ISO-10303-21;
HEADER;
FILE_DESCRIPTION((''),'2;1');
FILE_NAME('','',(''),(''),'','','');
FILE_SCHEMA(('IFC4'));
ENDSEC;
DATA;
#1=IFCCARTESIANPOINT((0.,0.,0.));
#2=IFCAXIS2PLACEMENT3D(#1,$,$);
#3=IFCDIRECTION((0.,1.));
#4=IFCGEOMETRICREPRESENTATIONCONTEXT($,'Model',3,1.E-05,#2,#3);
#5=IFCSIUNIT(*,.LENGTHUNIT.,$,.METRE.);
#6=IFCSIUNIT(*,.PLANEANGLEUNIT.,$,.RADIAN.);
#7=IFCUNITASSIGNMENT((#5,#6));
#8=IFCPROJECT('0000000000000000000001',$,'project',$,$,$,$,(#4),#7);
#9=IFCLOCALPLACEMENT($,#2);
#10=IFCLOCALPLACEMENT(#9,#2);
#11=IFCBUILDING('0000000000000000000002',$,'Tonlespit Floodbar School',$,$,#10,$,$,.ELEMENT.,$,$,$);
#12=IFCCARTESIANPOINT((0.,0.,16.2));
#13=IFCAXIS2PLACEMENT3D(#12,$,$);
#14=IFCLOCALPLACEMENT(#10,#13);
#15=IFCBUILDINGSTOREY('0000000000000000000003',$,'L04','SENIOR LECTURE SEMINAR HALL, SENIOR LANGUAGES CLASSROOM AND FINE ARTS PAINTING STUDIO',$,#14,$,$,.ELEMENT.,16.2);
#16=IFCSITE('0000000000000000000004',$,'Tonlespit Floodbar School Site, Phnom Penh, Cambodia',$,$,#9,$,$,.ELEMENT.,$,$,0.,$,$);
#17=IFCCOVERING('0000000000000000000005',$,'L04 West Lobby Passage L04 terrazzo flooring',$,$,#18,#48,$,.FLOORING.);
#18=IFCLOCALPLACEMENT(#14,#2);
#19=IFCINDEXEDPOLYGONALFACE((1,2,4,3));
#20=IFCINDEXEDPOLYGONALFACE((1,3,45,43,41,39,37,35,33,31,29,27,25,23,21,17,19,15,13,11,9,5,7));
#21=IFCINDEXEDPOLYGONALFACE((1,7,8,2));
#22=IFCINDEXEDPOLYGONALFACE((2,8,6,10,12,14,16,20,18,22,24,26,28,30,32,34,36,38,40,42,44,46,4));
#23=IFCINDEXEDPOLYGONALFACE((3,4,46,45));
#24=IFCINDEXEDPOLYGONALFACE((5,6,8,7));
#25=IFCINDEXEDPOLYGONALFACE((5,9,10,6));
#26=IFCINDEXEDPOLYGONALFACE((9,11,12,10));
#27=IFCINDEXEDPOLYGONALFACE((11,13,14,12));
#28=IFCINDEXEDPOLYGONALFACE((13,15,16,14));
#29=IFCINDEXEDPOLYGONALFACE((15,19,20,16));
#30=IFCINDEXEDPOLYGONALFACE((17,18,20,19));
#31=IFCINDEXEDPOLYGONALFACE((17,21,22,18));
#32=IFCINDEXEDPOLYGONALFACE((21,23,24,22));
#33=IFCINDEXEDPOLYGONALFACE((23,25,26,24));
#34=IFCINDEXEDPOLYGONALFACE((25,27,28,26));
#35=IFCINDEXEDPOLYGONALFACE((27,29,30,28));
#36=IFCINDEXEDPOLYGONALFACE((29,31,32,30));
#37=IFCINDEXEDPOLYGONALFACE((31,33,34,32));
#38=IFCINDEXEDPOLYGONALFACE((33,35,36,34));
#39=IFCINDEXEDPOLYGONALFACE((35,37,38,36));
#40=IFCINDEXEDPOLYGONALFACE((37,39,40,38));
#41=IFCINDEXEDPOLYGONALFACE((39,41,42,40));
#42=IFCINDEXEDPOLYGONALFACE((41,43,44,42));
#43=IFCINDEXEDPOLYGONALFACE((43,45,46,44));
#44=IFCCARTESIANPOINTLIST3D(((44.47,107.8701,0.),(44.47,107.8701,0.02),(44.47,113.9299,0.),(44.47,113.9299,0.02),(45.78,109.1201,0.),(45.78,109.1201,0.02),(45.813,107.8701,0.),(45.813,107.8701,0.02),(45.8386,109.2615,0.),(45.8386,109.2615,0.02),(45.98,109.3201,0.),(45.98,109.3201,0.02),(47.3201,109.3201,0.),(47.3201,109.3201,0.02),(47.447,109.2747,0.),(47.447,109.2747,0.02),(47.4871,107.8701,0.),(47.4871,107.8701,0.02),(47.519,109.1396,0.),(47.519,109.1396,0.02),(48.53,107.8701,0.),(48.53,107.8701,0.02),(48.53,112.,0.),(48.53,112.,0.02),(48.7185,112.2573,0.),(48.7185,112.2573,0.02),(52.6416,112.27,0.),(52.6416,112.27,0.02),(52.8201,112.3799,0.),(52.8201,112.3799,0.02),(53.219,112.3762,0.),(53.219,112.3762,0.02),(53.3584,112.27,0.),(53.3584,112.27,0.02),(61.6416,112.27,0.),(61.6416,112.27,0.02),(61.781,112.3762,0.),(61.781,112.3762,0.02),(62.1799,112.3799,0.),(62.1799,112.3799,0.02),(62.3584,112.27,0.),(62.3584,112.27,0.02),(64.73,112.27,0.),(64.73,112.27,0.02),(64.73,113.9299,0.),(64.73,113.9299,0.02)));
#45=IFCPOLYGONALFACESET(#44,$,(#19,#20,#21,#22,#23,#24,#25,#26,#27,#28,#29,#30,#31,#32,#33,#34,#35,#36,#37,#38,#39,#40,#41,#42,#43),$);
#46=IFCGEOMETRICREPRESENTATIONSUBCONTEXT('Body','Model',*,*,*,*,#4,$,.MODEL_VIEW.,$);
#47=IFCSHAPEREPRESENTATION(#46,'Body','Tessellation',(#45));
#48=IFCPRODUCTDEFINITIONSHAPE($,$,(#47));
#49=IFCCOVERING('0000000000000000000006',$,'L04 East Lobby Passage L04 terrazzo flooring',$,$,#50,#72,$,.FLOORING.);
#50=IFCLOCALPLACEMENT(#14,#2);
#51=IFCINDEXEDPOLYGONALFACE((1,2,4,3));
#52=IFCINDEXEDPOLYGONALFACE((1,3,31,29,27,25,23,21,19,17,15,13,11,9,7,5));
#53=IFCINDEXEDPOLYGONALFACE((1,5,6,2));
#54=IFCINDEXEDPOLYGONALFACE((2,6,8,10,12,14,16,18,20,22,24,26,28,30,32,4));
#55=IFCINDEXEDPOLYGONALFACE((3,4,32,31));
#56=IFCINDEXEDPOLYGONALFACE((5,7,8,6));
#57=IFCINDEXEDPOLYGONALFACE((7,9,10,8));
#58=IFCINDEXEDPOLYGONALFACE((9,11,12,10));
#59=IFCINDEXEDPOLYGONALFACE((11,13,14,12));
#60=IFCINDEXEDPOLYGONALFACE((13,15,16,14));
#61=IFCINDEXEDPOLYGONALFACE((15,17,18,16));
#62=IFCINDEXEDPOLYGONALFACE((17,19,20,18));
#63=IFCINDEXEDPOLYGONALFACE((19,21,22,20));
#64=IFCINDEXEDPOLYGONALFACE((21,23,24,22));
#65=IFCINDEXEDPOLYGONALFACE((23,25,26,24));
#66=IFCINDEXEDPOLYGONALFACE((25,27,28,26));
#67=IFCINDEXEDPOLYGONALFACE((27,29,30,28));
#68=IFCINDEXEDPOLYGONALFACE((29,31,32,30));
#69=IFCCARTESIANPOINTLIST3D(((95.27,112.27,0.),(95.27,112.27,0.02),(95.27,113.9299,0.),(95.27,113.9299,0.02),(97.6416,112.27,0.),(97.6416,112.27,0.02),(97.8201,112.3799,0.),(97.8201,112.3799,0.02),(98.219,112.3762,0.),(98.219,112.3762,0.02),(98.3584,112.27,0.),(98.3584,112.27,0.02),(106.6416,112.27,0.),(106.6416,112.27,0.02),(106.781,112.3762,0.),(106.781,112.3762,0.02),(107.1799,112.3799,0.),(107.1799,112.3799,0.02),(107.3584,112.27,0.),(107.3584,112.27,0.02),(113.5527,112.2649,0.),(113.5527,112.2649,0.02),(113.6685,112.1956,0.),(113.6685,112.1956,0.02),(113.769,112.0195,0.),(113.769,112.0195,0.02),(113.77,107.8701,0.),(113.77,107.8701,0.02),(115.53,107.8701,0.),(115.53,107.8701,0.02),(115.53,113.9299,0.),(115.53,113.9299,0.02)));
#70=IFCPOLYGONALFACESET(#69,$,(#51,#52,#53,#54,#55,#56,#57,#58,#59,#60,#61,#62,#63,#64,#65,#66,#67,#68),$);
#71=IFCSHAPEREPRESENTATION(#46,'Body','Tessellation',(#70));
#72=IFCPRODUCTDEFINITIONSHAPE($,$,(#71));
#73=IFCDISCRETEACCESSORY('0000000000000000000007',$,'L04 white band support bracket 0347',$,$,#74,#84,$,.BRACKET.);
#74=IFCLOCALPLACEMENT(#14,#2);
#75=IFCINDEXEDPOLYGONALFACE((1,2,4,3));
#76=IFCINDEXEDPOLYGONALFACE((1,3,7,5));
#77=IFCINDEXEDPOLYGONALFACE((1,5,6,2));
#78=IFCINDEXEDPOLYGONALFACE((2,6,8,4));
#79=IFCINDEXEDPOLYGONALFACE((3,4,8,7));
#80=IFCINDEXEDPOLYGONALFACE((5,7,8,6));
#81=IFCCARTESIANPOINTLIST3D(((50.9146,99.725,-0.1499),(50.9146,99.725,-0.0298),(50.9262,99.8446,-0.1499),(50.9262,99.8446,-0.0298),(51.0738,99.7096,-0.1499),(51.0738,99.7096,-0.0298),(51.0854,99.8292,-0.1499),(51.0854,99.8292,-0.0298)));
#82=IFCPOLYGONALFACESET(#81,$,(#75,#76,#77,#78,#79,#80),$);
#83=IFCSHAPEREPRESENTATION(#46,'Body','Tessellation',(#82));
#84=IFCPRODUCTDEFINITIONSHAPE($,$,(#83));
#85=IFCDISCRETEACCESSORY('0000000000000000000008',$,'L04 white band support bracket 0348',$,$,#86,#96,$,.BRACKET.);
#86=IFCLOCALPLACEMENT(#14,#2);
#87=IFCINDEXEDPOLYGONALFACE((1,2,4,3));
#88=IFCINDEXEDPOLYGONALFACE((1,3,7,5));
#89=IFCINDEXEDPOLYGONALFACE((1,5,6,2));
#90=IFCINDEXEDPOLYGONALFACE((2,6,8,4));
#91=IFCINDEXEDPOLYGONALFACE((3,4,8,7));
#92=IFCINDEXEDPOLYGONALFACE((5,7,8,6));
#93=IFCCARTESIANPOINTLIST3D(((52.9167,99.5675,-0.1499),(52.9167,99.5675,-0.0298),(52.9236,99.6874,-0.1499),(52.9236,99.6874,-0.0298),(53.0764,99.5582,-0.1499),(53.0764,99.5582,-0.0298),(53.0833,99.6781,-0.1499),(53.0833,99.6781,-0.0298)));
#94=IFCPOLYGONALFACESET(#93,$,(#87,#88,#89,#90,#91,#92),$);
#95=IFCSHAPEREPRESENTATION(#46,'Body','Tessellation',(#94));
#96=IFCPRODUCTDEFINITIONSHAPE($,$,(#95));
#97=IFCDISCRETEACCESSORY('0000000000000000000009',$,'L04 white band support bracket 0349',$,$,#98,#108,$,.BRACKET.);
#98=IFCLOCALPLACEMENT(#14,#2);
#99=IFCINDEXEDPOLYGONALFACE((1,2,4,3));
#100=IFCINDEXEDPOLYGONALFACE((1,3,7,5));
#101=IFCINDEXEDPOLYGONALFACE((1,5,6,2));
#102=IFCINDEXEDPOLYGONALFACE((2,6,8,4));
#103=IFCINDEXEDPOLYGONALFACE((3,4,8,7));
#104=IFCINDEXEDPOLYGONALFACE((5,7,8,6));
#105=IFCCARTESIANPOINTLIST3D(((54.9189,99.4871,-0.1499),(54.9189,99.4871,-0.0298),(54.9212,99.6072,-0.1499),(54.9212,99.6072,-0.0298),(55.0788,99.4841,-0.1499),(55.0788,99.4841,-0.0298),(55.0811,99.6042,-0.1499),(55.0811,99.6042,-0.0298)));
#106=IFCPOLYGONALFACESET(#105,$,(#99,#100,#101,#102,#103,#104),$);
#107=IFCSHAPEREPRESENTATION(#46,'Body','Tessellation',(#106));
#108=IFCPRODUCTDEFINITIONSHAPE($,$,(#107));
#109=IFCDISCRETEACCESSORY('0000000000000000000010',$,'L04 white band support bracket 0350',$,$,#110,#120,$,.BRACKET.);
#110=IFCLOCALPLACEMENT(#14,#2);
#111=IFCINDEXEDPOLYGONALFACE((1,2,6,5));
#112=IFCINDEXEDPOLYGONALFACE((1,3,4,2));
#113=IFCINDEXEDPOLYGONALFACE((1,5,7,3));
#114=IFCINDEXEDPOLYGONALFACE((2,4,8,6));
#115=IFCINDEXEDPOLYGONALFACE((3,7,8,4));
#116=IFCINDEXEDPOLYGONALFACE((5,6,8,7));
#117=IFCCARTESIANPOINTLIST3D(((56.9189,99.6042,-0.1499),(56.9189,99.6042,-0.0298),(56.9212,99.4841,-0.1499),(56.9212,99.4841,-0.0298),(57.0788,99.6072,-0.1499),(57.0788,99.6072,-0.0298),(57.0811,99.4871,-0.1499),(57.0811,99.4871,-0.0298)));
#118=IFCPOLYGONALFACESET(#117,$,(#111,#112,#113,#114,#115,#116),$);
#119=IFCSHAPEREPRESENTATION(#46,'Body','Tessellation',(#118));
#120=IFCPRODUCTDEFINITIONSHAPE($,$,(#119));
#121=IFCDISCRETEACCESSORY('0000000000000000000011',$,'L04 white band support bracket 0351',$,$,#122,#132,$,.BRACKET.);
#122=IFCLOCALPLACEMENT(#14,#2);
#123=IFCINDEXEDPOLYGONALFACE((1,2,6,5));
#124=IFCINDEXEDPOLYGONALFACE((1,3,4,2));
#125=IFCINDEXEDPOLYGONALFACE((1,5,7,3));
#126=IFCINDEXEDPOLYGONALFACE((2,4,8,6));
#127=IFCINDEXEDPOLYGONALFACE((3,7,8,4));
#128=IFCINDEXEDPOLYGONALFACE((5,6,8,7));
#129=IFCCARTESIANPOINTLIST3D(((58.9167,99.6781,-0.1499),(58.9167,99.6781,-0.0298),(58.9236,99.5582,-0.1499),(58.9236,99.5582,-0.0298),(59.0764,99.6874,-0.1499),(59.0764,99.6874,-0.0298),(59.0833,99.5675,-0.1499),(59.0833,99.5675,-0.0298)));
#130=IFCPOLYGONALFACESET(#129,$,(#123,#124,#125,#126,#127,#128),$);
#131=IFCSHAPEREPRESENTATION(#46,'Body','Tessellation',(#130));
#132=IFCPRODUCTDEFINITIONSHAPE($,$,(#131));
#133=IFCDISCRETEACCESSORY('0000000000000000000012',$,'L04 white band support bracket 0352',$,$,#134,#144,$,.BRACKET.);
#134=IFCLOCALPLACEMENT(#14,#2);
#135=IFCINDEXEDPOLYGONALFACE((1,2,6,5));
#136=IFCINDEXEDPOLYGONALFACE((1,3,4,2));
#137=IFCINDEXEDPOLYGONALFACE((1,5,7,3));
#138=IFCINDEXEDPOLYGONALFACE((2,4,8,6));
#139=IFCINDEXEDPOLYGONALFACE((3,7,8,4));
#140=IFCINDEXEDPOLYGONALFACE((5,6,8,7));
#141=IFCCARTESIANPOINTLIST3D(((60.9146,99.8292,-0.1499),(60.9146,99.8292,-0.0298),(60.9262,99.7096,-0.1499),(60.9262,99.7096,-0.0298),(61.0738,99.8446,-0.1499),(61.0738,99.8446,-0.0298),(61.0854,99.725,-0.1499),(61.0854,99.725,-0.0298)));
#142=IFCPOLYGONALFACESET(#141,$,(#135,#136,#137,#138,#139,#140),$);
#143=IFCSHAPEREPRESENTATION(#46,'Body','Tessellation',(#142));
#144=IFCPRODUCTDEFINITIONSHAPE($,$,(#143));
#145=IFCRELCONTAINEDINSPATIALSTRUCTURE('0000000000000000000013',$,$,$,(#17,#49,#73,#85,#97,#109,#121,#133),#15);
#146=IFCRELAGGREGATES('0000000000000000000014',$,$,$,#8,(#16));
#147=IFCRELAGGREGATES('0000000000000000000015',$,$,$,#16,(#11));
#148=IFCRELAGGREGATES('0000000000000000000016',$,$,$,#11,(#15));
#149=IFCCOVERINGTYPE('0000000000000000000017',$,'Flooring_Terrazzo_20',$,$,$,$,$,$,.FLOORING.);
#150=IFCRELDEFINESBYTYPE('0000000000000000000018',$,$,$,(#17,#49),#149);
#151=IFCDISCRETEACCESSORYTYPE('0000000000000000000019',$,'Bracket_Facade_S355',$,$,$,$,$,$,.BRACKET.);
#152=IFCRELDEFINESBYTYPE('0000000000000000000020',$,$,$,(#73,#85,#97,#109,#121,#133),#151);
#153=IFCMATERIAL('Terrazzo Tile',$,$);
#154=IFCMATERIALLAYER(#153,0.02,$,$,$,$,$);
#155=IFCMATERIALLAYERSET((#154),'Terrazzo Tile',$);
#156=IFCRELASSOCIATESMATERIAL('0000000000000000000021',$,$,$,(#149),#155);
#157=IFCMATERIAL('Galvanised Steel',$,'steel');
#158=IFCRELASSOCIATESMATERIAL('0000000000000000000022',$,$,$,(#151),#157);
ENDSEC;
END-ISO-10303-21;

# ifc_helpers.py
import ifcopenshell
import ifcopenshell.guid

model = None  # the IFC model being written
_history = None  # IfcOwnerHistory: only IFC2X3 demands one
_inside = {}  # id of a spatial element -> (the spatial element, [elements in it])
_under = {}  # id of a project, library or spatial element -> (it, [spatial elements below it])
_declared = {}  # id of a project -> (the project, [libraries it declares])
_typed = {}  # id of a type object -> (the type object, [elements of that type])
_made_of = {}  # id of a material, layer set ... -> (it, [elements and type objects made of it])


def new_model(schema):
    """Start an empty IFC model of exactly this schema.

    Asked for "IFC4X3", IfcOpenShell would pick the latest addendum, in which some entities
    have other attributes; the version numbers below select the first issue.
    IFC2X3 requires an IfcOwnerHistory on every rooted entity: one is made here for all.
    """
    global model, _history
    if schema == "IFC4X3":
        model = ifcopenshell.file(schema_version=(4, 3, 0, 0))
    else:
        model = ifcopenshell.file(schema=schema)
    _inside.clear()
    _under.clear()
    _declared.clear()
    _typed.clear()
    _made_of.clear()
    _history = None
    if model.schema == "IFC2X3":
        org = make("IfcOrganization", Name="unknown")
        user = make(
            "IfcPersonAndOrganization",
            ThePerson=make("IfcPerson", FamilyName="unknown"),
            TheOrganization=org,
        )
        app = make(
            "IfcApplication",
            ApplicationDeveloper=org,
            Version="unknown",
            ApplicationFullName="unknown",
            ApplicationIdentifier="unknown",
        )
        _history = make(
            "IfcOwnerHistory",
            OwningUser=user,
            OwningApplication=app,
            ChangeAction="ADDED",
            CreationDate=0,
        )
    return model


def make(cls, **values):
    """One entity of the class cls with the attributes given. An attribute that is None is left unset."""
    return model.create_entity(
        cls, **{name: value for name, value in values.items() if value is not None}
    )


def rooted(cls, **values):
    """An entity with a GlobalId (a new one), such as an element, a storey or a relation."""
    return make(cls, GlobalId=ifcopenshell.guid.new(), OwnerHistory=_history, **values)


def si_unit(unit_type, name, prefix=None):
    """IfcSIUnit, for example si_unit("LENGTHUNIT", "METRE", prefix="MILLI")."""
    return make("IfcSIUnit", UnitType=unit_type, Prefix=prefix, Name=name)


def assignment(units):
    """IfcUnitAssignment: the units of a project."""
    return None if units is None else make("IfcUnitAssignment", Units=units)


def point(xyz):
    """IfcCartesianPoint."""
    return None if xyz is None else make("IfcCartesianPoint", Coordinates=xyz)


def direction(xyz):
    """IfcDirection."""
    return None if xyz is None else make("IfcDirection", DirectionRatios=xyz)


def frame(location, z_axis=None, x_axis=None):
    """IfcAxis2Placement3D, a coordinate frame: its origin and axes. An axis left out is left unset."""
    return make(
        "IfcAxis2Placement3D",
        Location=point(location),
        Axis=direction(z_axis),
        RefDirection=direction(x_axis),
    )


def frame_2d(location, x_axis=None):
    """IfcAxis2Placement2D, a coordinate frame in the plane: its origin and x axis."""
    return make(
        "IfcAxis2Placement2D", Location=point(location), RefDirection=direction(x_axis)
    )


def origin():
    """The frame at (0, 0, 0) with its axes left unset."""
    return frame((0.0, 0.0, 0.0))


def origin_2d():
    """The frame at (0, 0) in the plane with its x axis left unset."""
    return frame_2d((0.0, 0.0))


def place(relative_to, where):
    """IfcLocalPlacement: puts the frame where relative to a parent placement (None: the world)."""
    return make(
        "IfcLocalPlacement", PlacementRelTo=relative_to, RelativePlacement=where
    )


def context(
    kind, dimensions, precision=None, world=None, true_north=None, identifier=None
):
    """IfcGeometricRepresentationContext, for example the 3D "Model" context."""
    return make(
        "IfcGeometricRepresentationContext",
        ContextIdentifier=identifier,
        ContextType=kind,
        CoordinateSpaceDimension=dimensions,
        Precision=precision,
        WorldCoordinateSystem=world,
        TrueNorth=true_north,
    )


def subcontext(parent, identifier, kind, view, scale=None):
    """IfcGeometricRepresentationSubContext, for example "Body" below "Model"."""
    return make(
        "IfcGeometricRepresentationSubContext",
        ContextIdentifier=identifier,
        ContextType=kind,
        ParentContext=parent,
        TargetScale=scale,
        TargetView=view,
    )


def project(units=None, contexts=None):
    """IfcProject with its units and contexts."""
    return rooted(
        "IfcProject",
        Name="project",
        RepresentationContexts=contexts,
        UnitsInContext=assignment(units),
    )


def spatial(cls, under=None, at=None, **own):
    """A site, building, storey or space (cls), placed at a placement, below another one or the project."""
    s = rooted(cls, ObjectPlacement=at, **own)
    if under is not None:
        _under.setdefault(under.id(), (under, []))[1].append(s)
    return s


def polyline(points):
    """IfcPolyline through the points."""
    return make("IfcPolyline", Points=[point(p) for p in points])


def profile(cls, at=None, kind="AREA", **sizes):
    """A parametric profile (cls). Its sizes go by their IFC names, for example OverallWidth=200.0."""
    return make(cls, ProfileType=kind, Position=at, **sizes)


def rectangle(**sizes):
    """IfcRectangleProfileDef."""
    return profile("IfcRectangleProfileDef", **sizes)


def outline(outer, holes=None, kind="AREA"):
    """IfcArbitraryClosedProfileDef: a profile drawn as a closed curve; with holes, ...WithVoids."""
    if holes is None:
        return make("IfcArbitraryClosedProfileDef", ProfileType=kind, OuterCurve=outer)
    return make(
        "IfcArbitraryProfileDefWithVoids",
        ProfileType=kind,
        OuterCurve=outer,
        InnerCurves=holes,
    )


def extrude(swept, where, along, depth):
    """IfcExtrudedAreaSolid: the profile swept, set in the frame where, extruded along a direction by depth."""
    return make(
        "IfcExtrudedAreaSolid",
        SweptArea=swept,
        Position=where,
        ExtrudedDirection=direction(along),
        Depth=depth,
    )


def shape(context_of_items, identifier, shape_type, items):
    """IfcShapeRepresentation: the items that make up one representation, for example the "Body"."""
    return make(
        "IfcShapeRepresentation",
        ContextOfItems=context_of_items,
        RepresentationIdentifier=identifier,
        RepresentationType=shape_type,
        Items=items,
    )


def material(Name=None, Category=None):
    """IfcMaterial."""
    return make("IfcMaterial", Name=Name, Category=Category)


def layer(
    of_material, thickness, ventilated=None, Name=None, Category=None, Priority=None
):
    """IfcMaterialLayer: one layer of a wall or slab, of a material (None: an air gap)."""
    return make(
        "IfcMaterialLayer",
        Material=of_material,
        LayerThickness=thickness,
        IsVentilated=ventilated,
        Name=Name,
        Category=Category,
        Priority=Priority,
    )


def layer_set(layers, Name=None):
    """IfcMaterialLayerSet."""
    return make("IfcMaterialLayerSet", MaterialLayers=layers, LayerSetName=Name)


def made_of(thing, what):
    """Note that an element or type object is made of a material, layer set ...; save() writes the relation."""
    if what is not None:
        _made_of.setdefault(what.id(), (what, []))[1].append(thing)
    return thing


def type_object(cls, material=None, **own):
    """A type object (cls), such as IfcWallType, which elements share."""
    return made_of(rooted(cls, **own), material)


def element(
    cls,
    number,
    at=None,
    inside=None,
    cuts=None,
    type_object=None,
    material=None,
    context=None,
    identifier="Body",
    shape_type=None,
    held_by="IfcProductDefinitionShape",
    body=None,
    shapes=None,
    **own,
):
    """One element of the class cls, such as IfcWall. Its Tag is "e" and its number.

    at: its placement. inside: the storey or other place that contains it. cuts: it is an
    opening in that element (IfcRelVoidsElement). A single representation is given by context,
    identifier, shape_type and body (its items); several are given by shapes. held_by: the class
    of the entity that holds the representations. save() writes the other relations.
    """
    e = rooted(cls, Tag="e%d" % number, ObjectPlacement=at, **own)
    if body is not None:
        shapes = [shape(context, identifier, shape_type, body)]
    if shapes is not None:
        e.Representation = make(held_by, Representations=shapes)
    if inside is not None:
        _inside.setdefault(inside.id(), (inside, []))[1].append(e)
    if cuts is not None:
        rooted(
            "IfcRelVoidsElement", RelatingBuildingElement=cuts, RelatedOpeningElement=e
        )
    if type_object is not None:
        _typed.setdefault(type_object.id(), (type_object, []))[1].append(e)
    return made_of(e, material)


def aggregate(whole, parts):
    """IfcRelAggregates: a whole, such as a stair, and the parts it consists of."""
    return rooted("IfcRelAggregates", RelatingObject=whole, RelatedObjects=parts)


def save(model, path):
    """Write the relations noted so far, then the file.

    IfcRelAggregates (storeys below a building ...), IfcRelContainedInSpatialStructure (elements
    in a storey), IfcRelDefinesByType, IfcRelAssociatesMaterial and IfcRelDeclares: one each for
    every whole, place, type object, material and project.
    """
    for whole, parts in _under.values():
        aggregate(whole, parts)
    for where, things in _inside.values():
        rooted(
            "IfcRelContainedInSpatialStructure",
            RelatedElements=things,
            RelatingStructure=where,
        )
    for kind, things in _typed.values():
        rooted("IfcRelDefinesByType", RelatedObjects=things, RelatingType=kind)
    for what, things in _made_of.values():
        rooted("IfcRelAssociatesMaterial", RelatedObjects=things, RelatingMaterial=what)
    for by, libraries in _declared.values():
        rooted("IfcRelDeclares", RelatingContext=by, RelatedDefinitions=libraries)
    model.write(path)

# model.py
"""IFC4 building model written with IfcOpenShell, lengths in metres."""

from ifc_helpers import new_model, si_unit, direction, frame, origin, origin_2d, place, context, subcontext, project, spatial, polyline, rectangle, outline, extrude, material, layer, layer_set, type_object, element, save


model = new_model("IFC4")

# Units and contexts
model_context = context("Model", 3, precision=1e-05, world=origin(), true_north=direction((0.0, 1.0)))
body_context = subcontext(model_context, "Body", "Model", "MODEL_VIEW")
ifc_project = project(units=[si_unit("LENGTHUNIT", "METRE"), si_unit("PLANEANGLEUNIT", "RADIAN")], contexts=[model_context])

# Site, building, storey
site_placement = place(None, origin())
site = spatial("IfcSite", under=ifc_project, at=site_placement, Name="Tonlespit Floodbar School Site, Phnom Penh, Cambodia", CompositionType="ELEMENT", RefElevation=0.0)
building_placement = place(site_placement, origin())
building = spatial("IfcBuilding", under=site, at=building_placement, Name="Tonlespit Floodbar School", CompositionType="ELEMENT")
storey_placement = place(building_placement, frame((0.0, 0.0, 16.2)))
storey = spatial("IfcBuildingStorey", under=building, at=storey_placement, Name="L04", Description="SENIOR LECTURE SEMINAR HALL, SENIOR LANGUAGES CLASSROOM AND FINE ARTS PAINTING STUDIO", CompositionType="ELEMENT", Elevation=16.2)

# Coverings
ifc_material_1 = material(Name="Terrazzo Tile")
ifc_layer_1 = layer(ifc_material_1, 0.02)
ifc_layer_set_1 = layer_set([ifc_layer_1], Name="Terrazzo Tile")
covering_type_1 = type_object("IfcCoveringType", Name="Flooring_Terrazzo_20", PredefinedType="FLOORING", material=ifc_layer_set_1)
covering_1_placement = place(storey_placement, origin())
element("IfcCovering", 1, at=covering_1_placement, inside=storey, type_object=covering_type_1, Name="L04 West Lobby Passage L04 terrazzo flooring", PredefinedType="FLOORING", context=body_context, shape_type="SweptSolid", body=[
    extrude(outline(polyline([(45.813, 107.8701), (44.47, 107.8701), (44.47, 113.9299), (64.73, 113.9299), (64.73, 112.27), (62.3584, 112.27), (62.1799, 112.3799), (61.781, 112.3762), (61.6416, 112.27), (53.3584, 112.27), (53.219, 112.3762), (52.8201, 112.3799), (52.6416, 112.27), (48.7185, 112.2573), (48.53, 112.0), (48.53, 107.8701), (47.4871, 107.8701), (47.519, 109.1396), (47.447, 109.2747), (47.3201, 109.3201), (45.98, 109.3201), (45.8386, 109.2615), (45.78, 109.1201), (45.813, 107.8701)])), origin(), (0.0, 0.0, 1.0), 0.02),
])
covering_2_placement = place(storey_placement, origin())
element("IfcCovering", 2, at=covering_2_placement, inside=storey, type_object=covering_type_1, Name="L04 East Lobby Passage L04 terrazzo flooring", PredefinedType="FLOORING", context=body_context, shape_type="SweptSolid", body=[
    extrude(outline(polyline([(97.6416, 112.27), (95.27, 112.27), (95.27, 113.9299), (115.53, 113.9299), (115.53, 107.8701), (113.77, 107.8701), (113.769, 112.0195), (113.6685, 112.1956), (113.5527, 112.2649), (107.3584, 112.27), (107.1799, 112.3799), (106.781, 112.3762), (106.6416, 112.27), (98.3584, 112.27), (98.219, 112.3762), (97.8201, 112.3799), (97.6416, 112.27)])), origin(), (0.0, 0.0, 1.0), 0.02),
])

# Discrete accessories
ifc_material_2 = material(Name="Galvanised Steel", Category="steel")
discrete_accessory_type = type_object("IfcDiscreteAccessoryType", Name="Bracket_Facade_S355", PredefinedType="BRACKET", material=ifc_material_2)
for number, where, z_axis, x_axis, name in (
    (3, (51.0, 99.7771, -0.1499), (0.0, 0.0, 1.0), (0.995362, -0.096202, 0.0), "L04 white band support bracket 0347"),
    (4, (53.0, 99.6228, -0.1499), (0.0, 0.0, 1.0), (0.998334, -0.057703, 0.0), "L04 white band support bracket 0348"),
    (5, (55.0, 99.5457, -0.1499), (0.0, 0.0, 1.0), (0.999815, -0.019246, 0.0), "L04 white band support bracket 0349"),
    (6, (57.0, 99.5457, -0.1499), (0.0, 0.0, 1.0), (0.999815, 0.019246, 0.0), "L04 white band support bracket 0350"),
    (7, (59.0, 99.6228, -0.1499), (0.0, 0.0, 1.0), (0.998334, 0.057703, 0.0), "L04 white band support bracket 0351"),
    (8, (61.0, 99.7771, -0.1499), (0.0, 0.0, 1.0), (0.995362, 0.096202, 0.0), "L04 white band support bracket 0352"),
):
    element("IfcDiscreteAccessory", number, at=place(storey_placement, frame(where, z_axis=z_axis, x_axis=x_axis)), inside=storey, type_object=discrete_accessory_type, Name=name, PredefinedType="BRACKET", context=body_context, shape_type="SweptSolid", body=[
        extrude(rectangle(XDim=0.1599, YDim=0.1201, at=origin_2d()), origin(), (0.0, 0.0, 1.0), 0.1201),
    ])

save(model, "model.ifc")
